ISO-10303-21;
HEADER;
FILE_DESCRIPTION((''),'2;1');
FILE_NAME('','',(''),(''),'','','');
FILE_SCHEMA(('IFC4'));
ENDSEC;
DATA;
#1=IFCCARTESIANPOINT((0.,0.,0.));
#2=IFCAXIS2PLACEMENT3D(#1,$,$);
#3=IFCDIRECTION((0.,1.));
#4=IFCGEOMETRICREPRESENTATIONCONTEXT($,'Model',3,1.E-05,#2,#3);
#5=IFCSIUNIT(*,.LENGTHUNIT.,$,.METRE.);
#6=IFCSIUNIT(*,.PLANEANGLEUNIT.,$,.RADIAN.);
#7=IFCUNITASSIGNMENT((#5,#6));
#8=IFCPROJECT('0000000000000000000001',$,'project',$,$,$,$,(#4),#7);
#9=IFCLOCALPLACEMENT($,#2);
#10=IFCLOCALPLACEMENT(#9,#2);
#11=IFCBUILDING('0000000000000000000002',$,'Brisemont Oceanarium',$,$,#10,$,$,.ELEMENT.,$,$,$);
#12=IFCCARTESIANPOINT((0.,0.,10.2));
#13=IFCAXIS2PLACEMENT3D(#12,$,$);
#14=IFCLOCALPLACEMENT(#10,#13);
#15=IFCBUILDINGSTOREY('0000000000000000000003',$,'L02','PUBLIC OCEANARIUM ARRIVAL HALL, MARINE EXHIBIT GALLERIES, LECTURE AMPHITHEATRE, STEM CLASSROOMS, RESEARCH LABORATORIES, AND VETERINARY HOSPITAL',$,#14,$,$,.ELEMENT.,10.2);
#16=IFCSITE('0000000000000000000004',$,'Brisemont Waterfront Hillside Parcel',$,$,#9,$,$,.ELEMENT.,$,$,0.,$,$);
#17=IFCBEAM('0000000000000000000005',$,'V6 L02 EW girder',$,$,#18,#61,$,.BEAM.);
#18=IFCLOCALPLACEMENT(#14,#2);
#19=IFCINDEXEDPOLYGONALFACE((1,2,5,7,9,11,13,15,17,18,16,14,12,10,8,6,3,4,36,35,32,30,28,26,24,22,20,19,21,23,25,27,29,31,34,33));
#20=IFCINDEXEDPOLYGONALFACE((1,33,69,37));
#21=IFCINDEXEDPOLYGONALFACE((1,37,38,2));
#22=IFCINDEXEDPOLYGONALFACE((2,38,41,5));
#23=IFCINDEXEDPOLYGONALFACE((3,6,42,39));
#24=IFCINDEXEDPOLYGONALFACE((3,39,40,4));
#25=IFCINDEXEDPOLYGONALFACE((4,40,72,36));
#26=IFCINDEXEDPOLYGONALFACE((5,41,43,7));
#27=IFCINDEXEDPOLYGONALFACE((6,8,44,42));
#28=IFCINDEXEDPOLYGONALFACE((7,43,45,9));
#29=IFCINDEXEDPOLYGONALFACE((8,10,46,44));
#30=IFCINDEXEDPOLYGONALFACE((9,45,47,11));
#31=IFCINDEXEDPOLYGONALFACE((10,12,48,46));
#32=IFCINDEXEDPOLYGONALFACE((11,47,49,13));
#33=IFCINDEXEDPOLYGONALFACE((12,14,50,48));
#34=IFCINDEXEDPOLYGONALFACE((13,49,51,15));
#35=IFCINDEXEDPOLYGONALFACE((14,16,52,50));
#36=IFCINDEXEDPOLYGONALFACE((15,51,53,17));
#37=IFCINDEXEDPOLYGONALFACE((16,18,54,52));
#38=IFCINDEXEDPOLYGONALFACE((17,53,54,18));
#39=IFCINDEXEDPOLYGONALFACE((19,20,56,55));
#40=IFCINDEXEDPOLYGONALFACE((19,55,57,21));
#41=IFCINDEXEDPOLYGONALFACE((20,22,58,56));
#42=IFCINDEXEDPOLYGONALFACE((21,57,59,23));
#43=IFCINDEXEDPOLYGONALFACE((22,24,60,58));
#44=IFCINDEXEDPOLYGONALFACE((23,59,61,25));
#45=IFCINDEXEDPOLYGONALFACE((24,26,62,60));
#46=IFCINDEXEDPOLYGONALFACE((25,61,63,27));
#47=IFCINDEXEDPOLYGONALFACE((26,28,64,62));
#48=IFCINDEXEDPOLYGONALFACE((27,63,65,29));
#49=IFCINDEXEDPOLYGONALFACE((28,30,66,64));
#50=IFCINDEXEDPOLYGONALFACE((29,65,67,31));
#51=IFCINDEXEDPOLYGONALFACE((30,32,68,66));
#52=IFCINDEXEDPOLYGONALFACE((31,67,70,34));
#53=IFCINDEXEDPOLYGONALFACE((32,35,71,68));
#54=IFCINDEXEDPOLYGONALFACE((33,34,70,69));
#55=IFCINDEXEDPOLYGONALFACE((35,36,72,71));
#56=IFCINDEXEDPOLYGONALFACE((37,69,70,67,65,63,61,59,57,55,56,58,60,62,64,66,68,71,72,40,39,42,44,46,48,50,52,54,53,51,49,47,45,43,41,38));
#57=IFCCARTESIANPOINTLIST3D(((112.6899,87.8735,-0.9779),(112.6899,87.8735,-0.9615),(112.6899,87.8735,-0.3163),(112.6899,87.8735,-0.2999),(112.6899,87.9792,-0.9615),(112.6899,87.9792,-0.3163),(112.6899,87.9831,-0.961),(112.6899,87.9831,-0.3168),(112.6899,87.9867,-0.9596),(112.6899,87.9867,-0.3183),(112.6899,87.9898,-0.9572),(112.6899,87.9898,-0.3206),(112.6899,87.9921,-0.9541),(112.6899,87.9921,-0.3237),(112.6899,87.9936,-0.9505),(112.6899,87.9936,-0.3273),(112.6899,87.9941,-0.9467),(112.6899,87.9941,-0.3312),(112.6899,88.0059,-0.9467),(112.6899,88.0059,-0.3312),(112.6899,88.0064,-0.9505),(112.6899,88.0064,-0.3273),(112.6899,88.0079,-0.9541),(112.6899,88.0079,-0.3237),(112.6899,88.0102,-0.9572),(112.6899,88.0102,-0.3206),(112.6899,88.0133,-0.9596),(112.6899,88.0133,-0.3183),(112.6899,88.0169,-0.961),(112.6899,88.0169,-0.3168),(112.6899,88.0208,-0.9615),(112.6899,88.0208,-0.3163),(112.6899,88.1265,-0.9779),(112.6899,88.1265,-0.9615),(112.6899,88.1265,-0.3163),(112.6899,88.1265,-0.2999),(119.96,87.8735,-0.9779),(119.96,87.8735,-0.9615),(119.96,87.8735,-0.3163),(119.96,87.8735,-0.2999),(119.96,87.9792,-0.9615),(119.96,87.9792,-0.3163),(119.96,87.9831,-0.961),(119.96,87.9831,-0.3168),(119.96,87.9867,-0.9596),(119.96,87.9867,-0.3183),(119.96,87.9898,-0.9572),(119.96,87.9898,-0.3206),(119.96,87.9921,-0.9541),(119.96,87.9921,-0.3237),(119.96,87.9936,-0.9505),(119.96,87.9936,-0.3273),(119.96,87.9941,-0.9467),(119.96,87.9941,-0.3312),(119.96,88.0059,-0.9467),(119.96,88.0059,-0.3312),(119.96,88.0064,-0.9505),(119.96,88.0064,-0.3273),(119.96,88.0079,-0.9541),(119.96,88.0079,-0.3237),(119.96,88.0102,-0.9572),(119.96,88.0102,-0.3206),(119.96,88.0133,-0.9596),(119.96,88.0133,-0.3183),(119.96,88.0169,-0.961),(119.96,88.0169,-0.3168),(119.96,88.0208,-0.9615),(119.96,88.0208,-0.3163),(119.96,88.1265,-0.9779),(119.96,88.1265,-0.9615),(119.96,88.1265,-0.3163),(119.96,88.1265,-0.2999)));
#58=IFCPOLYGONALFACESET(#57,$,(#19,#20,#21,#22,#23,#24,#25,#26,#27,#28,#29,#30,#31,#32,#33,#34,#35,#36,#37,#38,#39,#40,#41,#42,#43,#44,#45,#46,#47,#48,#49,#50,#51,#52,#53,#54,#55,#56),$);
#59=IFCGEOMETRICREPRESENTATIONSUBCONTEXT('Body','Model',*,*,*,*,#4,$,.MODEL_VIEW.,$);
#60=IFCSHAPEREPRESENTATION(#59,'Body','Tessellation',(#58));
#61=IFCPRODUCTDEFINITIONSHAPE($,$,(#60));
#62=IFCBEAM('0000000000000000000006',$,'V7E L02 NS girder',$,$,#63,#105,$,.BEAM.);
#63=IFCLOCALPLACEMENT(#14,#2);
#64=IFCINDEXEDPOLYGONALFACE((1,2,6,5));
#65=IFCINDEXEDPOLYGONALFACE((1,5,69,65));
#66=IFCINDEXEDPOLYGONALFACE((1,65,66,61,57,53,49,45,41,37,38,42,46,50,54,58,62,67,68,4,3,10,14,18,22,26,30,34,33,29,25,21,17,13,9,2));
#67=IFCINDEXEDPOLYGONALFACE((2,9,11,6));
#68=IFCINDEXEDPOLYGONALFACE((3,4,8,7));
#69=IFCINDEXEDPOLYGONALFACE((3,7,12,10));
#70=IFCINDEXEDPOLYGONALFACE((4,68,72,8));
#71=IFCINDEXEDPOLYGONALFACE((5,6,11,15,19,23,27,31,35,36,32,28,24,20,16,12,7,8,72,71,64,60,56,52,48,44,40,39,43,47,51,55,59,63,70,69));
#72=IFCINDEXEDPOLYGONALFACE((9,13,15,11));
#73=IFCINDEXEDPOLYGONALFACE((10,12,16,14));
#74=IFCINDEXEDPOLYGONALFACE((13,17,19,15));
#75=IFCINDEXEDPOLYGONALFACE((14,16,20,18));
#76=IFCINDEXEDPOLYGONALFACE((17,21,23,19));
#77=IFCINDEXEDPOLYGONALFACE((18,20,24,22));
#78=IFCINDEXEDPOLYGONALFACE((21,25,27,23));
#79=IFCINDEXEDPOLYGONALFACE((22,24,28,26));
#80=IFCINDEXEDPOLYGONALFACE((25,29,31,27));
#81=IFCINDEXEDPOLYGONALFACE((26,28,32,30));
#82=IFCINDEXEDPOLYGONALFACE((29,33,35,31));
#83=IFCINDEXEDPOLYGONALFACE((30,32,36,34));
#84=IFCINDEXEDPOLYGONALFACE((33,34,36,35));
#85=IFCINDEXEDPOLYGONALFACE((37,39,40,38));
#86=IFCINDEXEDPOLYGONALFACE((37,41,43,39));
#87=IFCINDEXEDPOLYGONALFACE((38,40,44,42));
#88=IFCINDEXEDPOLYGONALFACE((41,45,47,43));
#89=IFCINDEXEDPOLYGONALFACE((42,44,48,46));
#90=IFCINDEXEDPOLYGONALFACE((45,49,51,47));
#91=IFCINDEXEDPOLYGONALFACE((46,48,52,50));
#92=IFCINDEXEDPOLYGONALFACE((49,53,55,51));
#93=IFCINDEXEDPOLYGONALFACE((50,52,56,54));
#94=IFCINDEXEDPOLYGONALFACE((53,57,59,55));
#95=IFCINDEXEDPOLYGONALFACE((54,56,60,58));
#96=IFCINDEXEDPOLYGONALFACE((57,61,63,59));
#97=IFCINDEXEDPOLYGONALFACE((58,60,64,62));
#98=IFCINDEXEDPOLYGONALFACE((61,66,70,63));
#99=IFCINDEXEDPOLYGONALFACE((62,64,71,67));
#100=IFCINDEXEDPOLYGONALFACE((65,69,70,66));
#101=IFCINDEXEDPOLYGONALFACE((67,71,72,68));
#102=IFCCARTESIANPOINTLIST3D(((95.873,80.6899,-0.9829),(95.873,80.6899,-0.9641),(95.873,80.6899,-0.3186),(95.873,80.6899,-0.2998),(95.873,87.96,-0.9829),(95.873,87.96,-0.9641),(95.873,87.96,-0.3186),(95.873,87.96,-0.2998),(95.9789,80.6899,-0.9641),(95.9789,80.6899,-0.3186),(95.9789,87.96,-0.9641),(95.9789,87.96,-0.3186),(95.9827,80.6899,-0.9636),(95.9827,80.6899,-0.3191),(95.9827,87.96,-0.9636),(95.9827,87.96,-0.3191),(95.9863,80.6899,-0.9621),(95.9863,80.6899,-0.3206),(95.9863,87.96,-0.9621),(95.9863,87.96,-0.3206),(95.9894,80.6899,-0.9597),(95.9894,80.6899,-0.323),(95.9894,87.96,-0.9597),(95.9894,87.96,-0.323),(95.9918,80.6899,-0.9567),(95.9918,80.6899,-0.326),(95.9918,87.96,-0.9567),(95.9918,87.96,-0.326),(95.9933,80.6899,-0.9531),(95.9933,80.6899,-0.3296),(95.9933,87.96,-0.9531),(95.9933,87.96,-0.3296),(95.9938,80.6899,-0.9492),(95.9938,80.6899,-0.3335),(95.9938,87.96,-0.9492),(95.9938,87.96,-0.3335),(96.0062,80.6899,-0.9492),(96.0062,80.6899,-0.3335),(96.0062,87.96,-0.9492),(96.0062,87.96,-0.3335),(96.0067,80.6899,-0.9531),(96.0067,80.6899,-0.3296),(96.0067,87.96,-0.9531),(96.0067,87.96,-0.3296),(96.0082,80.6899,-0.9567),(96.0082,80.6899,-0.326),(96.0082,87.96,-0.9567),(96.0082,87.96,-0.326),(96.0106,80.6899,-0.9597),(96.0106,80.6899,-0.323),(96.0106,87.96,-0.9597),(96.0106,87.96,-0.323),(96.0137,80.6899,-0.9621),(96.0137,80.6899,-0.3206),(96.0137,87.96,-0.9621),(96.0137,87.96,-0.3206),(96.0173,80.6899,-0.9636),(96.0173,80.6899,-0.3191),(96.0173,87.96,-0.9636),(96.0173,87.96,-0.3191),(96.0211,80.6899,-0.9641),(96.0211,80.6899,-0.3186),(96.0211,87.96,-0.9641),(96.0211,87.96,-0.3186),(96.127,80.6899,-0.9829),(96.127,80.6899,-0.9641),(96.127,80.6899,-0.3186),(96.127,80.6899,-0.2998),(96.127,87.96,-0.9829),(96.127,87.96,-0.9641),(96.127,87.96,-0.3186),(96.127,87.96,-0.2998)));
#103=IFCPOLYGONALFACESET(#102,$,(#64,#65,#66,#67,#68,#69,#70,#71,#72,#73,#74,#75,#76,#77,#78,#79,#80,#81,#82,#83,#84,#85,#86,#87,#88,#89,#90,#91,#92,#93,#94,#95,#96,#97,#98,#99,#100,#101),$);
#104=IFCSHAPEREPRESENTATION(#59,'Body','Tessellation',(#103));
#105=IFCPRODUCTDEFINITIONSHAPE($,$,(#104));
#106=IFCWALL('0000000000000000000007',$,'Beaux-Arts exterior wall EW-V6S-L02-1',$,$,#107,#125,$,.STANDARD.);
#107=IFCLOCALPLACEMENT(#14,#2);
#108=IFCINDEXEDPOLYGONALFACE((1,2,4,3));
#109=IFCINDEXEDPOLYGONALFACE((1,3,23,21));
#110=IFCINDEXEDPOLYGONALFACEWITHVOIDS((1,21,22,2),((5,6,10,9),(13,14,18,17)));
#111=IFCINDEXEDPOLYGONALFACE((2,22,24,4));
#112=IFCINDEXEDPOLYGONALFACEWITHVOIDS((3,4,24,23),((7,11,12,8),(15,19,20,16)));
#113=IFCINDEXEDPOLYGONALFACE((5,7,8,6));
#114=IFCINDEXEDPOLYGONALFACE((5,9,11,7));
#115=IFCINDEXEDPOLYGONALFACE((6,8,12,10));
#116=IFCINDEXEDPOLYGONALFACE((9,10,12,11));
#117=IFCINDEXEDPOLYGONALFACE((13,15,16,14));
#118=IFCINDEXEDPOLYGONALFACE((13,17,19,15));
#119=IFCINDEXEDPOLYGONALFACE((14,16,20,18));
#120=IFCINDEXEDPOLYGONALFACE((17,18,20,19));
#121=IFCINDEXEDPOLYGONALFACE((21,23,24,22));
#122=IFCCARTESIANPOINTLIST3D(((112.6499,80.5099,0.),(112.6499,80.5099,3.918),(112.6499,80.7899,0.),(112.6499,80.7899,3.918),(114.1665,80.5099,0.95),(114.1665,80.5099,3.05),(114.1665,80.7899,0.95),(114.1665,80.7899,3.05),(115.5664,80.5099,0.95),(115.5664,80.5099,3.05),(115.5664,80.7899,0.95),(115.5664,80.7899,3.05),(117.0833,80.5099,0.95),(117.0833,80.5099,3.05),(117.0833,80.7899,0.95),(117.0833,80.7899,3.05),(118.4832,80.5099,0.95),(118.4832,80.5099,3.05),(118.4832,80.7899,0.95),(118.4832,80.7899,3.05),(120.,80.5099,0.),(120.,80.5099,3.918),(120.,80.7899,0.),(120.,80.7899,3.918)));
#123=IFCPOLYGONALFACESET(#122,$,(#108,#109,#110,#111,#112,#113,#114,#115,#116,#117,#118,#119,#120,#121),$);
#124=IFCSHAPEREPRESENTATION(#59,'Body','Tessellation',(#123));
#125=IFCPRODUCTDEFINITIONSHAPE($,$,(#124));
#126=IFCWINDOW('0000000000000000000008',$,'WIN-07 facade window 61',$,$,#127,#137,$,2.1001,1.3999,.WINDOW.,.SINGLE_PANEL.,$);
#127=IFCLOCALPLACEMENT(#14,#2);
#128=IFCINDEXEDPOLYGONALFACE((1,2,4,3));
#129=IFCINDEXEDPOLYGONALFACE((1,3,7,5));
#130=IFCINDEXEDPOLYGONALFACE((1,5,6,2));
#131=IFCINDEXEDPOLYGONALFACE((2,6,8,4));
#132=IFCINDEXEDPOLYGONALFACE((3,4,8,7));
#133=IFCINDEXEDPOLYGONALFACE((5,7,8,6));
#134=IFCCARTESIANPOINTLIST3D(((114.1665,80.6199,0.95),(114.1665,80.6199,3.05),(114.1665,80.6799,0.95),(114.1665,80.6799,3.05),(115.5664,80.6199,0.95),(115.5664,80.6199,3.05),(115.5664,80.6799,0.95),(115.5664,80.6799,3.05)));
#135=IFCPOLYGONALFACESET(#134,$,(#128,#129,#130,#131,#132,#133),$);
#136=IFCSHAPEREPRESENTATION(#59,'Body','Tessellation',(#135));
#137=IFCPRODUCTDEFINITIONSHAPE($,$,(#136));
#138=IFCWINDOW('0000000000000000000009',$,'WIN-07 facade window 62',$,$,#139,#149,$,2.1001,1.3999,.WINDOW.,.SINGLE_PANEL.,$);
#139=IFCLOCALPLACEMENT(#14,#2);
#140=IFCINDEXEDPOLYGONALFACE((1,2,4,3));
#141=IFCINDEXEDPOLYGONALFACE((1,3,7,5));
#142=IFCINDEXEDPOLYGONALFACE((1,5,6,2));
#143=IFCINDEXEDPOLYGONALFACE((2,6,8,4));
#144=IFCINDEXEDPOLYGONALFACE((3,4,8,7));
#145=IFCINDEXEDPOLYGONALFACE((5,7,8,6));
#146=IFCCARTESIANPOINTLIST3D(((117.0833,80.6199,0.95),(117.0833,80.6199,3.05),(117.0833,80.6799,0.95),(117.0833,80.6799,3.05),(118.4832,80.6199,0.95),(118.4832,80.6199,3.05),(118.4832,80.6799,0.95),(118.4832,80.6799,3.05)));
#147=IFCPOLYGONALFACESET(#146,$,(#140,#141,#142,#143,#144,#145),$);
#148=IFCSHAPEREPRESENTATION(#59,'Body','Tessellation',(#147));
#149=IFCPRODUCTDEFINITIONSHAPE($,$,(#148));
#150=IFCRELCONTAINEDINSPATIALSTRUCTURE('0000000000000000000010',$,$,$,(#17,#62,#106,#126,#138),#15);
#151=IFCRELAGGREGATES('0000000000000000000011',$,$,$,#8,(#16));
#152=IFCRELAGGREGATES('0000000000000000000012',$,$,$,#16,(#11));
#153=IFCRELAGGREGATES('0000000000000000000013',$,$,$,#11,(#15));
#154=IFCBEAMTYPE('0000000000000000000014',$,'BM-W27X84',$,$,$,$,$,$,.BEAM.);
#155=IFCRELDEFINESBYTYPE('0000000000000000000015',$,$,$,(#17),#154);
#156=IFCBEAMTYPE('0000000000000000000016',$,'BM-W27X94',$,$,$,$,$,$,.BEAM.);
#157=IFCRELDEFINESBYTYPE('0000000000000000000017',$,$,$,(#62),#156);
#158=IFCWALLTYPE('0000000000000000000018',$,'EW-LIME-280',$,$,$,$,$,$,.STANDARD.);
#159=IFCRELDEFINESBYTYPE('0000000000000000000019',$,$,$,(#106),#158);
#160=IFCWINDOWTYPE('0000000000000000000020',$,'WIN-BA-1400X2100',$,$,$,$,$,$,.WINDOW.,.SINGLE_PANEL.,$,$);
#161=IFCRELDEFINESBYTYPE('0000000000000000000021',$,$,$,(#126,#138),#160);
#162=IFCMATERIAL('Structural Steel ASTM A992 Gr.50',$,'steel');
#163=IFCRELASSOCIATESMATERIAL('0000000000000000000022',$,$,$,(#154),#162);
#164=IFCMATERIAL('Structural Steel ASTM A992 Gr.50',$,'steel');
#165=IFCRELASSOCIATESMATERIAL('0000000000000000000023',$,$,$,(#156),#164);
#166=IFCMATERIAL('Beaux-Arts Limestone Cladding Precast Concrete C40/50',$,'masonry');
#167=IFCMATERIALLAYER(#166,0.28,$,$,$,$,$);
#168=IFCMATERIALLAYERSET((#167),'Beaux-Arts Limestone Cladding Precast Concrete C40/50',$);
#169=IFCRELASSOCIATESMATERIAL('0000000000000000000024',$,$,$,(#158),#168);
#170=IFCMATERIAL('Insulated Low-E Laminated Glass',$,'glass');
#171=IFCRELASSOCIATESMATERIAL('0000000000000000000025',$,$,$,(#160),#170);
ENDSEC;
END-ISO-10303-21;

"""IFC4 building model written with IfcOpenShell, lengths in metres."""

from ifc_helpers import new_model, si_unit, direction, frame, frame_2d, origin, origin_2d, place, context, subcontext, project, spatial, rectangle, i_section, extrude, material, layer, layer_set, material_profile, profile_set, type_object, element, fill, save


model = new_model("IFC4")

# Units and contexts
model_context = context("Model", 3, precision=1e-05, world=origin(), true_north=direction((0.0, 1.0)))
body_context = subcontext(model_context, "Body", "Model", "MODEL_VIEW")
ifc_project = project(units=[si_unit("LENGTHUNIT", "METRE"), si_unit("PLANEANGLEUNIT", "RADIAN")], contexts=[model_context])

# Site, building, storey
site_placement = place(None, origin())
site = spatial("IfcSite", under=ifc_project, at=site_placement, Name="Brisemont Waterfront Hillside Parcel", CompositionType="ELEMENT", RefElevation=0.0)
building_placement = place(site_placement, origin())
building = spatial("IfcBuilding", under=site, at=building_placement, Name="Brisemont Oceanarium", CompositionType="ELEMENT")
storey_placement = place(building_placement, frame((0.0, 0.0, 10.2)))
storey = spatial("IfcBuildingStorey", under=building, at=storey_placement, Name="L02", Description="PUBLIC OCEANARIUM ARRIVAL HALL, MARINE EXHIBIT GALLERIES, LECTURE AMPHITHEATRE, STEM CLASSROOMS, RESEARCH LABORATORIES, AND VETERINARY HOSPITAL", CompositionType="ELEMENT", Elevation=10.2)

# Beams
ifc_material_1 = material(Name="Structural Steel ASTM A992 Gr.50", Category="steel")
ifc_material_profile_1 = material_profile(ifc_material_1, i_section(OverallWidth=0.2529, OverallDepth=0.678, WebThickness=0.0117, FlangeThickness=0.0164, FilletRadius=0.0149, at=origin_2d()), Name="W27X84")
ifc_profile_set_1 = profile_set([ifc_material_profile_1], Name="Structural Steel ASTM A992 Gr.50")
beam_type_1 = type_object("IfcBeamType", Name="BM-W27X84", PredefinedType="BEAM", material=ifc_profile_set_1)
beam_1_placement = place(storey_placement, frame((112.6899, 88.0, -0.6389), z_axis=(1.0, 0.0, 0.0), x_axis=(0.0, 1.0, 0.0)))
element("IfcBeam", 1, at=beam_1_placement, inside=storey, type_object=beam_type_1, Name="V6 L02 EW girder", PredefinedType="BEAM", context=body_context, shape_type="SweptSolid", body=[
    extrude(i_section(OverallWidth=0.2529, OverallDepth=0.678, WebThickness=0.0117, FlangeThickness=0.0164, FilletRadius=0.0149, at=origin_2d()), origin(), (0.0, 0.0, 1.0), 7.27),
])
ifc_material_2 = material(Name="Structural Steel ASTM A992 Gr.50", Category="steel")
ifc_material_profile_2 = material_profile(ifc_material_2, i_section(OverallWidth=0.2539, OverallDepth=0.6831, WebThickness=0.0125, FlangeThickness=0.0188, FilletRadius=0.0149, at=origin_2d()), Name="W27X94")
ifc_profile_set_2 = profile_set([ifc_material_profile_2], Name="Structural Steel ASTM A992 Gr.50")
beam_type_2 = type_object("IfcBeamType", Name="BM-W27X94", PredefinedType="BEAM", material=ifc_profile_set_2)
beam_2_placement = place(storey_placement, frame((96.0, 80.6899, -0.6414), z_axis=(0.0, 1.0, 0.0), x_axis=(-1.0, 0.0, 0.0)))
element("IfcBeam", 2, at=beam_2_placement, inside=storey, type_object=beam_type_2, Name="V7E L02 NS girder", PredefinedType="BEAM", context=body_context, shape_type="SweptSolid", body=[
    extrude(i_section(OverallWidth=0.2539, OverallDepth=0.6831, WebThickness=0.0125, FlangeThickness=0.0188, FilletRadius=0.0149, at=origin_2d()), origin(), (0.0, 0.0, 1.0), 7.27),
])

# Wall, openings, windows
ifc_material_3 = material(Name="Beaux-Arts Limestone Cladding Precast Concrete C40/50", Category="masonry")
ifc_layer_1 = layer(ifc_material_3, 0.28)
ifc_layer_set_1 = layer_set([ifc_layer_1], Name="Beaux-Arts Limestone Cladding Precast Concrete C40/50")
wall_type_1 = type_object("IfcWallType", Name="EW-LIME-280", PredefinedType="STANDARD", material=ifc_layer_set_1)
wall_1_placement = place(storey_placement, frame((112.6499, 80.6499, 0.0), z_axis=(0.0, 0.0, 1.0), x_axis=(1.0, 0.0, 0.0)))
wall_1 = element("IfcWall", 3, at=wall_1_placement, inside=storey, type_object=wall_type_1, Name="Beaux-Arts exterior wall EW-V6S-L02-1", PredefinedType="STANDARD", context=body_context, shape_type="SweptSolid", body=[
    extrude(rectangle(XDim=7.3501, YDim=0.28, at=frame_2d((3.675, 0.0))), origin(), (0.0, 0.0, 1.0), 3.918),
])
opening_1_placement = place(wall_1_placement, frame((1.5166, 0.0, 0.95)))
opening_1 = element("IfcOpeningElement", 4, at=opening_1_placement, cuts=wall_1, PredefinedType="OPENING", context=body_context, shape_type="SweptSolid", body=[
    extrude(rectangle(XDim=1.3999, YDim=2.1001, at=frame_2d((0.7, 1.05))), frame((0.0, 0.1499, 0.0), z_axis=(0.0, -1.0, 0.0), x_axis=(1.0, 0.0, 0.0)), (0.0, 0.0, 1.0), 0.3),
])
opening_2_placement = place(wall_1_placement, frame((4.4333, 0.0, 0.95)))
opening_2 = element("IfcOpeningElement", 5, at=opening_2_placement, cuts=wall_1, PredefinedType="OPENING", context=body_context, shape_type="SweptSolid", body=[
    extrude(rectangle(XDim=1.3999, YDim=2.1001, at=frame_2d((0.7, 1.05))), frame((0.0, 0.1499, 0.0), z_axis=(0.0, -1.0, 0.0), x_axis=(1.0, 0.0, 0.0)), (0.0, 0.0, 1.0), 0.3),
])
ifc_material_4 = material(Name="Insulated Low-E Laminated Glass", Category="glass")
window_type = type_object("IfcWindowType", Name="WIN-BA-1400X2100", PartitioningType="SINGLE_PANEL", PredefinedType="WINDOW", material=ifc_material_4)
window_1_placement = place(opening_1_placement, origin())
window_1 = element("IfcWindow", 6, at=window_1_placement, inside=storey, type_object=window_type, Name="WIN-07 facade window 61", OverallHeight=2.1001, OverallWidth=1.3999, PartitioningType="SINGLE_PANEL", PredefinedType="WINDOW", context=body_context, shape_type="SweptSolid", body=[
    extrude(rectangle(XDim=1.3999, YDim=2.1001, at=frame_2d((0.7, 1.05))), frame((0.0, 0.03, 0.0), z_axis=(0.0, -1.0, 0.0), x_axis=(1.0, 0.0, 0.0)), (0.0, 0.0, 1.0), 0.0601),
])
fill(opening_1, window_1)
window_2_placement = place(opening_2_placement, origin())
window_2 = element("IfcWindow", 7, at=window_2_placement, inside=storey, type_object=window_type, Name="WIN-07 facade window 62", OverallHeight=2.1001, OverallWidth=1.3999, PartitioningType="SINGLE_PANEL", PredefinedType="WINDOW", context=body_context, shape_type="SweptSolid", body=[
    extrude(rectangle(XDim=1.3999, YDim=2.1001, at=frame_2d((0.7, 1.05))), frame((0.0, 0.03, 0.0), z_axis=(0.0, -1.0, 0.0), x_axis=(1.0, 0.0, 0.0)), (0.0, 0.0, 1.0), 0.0601),
])
fill(opening_2, window_2)

save(model, "model.ifc")
